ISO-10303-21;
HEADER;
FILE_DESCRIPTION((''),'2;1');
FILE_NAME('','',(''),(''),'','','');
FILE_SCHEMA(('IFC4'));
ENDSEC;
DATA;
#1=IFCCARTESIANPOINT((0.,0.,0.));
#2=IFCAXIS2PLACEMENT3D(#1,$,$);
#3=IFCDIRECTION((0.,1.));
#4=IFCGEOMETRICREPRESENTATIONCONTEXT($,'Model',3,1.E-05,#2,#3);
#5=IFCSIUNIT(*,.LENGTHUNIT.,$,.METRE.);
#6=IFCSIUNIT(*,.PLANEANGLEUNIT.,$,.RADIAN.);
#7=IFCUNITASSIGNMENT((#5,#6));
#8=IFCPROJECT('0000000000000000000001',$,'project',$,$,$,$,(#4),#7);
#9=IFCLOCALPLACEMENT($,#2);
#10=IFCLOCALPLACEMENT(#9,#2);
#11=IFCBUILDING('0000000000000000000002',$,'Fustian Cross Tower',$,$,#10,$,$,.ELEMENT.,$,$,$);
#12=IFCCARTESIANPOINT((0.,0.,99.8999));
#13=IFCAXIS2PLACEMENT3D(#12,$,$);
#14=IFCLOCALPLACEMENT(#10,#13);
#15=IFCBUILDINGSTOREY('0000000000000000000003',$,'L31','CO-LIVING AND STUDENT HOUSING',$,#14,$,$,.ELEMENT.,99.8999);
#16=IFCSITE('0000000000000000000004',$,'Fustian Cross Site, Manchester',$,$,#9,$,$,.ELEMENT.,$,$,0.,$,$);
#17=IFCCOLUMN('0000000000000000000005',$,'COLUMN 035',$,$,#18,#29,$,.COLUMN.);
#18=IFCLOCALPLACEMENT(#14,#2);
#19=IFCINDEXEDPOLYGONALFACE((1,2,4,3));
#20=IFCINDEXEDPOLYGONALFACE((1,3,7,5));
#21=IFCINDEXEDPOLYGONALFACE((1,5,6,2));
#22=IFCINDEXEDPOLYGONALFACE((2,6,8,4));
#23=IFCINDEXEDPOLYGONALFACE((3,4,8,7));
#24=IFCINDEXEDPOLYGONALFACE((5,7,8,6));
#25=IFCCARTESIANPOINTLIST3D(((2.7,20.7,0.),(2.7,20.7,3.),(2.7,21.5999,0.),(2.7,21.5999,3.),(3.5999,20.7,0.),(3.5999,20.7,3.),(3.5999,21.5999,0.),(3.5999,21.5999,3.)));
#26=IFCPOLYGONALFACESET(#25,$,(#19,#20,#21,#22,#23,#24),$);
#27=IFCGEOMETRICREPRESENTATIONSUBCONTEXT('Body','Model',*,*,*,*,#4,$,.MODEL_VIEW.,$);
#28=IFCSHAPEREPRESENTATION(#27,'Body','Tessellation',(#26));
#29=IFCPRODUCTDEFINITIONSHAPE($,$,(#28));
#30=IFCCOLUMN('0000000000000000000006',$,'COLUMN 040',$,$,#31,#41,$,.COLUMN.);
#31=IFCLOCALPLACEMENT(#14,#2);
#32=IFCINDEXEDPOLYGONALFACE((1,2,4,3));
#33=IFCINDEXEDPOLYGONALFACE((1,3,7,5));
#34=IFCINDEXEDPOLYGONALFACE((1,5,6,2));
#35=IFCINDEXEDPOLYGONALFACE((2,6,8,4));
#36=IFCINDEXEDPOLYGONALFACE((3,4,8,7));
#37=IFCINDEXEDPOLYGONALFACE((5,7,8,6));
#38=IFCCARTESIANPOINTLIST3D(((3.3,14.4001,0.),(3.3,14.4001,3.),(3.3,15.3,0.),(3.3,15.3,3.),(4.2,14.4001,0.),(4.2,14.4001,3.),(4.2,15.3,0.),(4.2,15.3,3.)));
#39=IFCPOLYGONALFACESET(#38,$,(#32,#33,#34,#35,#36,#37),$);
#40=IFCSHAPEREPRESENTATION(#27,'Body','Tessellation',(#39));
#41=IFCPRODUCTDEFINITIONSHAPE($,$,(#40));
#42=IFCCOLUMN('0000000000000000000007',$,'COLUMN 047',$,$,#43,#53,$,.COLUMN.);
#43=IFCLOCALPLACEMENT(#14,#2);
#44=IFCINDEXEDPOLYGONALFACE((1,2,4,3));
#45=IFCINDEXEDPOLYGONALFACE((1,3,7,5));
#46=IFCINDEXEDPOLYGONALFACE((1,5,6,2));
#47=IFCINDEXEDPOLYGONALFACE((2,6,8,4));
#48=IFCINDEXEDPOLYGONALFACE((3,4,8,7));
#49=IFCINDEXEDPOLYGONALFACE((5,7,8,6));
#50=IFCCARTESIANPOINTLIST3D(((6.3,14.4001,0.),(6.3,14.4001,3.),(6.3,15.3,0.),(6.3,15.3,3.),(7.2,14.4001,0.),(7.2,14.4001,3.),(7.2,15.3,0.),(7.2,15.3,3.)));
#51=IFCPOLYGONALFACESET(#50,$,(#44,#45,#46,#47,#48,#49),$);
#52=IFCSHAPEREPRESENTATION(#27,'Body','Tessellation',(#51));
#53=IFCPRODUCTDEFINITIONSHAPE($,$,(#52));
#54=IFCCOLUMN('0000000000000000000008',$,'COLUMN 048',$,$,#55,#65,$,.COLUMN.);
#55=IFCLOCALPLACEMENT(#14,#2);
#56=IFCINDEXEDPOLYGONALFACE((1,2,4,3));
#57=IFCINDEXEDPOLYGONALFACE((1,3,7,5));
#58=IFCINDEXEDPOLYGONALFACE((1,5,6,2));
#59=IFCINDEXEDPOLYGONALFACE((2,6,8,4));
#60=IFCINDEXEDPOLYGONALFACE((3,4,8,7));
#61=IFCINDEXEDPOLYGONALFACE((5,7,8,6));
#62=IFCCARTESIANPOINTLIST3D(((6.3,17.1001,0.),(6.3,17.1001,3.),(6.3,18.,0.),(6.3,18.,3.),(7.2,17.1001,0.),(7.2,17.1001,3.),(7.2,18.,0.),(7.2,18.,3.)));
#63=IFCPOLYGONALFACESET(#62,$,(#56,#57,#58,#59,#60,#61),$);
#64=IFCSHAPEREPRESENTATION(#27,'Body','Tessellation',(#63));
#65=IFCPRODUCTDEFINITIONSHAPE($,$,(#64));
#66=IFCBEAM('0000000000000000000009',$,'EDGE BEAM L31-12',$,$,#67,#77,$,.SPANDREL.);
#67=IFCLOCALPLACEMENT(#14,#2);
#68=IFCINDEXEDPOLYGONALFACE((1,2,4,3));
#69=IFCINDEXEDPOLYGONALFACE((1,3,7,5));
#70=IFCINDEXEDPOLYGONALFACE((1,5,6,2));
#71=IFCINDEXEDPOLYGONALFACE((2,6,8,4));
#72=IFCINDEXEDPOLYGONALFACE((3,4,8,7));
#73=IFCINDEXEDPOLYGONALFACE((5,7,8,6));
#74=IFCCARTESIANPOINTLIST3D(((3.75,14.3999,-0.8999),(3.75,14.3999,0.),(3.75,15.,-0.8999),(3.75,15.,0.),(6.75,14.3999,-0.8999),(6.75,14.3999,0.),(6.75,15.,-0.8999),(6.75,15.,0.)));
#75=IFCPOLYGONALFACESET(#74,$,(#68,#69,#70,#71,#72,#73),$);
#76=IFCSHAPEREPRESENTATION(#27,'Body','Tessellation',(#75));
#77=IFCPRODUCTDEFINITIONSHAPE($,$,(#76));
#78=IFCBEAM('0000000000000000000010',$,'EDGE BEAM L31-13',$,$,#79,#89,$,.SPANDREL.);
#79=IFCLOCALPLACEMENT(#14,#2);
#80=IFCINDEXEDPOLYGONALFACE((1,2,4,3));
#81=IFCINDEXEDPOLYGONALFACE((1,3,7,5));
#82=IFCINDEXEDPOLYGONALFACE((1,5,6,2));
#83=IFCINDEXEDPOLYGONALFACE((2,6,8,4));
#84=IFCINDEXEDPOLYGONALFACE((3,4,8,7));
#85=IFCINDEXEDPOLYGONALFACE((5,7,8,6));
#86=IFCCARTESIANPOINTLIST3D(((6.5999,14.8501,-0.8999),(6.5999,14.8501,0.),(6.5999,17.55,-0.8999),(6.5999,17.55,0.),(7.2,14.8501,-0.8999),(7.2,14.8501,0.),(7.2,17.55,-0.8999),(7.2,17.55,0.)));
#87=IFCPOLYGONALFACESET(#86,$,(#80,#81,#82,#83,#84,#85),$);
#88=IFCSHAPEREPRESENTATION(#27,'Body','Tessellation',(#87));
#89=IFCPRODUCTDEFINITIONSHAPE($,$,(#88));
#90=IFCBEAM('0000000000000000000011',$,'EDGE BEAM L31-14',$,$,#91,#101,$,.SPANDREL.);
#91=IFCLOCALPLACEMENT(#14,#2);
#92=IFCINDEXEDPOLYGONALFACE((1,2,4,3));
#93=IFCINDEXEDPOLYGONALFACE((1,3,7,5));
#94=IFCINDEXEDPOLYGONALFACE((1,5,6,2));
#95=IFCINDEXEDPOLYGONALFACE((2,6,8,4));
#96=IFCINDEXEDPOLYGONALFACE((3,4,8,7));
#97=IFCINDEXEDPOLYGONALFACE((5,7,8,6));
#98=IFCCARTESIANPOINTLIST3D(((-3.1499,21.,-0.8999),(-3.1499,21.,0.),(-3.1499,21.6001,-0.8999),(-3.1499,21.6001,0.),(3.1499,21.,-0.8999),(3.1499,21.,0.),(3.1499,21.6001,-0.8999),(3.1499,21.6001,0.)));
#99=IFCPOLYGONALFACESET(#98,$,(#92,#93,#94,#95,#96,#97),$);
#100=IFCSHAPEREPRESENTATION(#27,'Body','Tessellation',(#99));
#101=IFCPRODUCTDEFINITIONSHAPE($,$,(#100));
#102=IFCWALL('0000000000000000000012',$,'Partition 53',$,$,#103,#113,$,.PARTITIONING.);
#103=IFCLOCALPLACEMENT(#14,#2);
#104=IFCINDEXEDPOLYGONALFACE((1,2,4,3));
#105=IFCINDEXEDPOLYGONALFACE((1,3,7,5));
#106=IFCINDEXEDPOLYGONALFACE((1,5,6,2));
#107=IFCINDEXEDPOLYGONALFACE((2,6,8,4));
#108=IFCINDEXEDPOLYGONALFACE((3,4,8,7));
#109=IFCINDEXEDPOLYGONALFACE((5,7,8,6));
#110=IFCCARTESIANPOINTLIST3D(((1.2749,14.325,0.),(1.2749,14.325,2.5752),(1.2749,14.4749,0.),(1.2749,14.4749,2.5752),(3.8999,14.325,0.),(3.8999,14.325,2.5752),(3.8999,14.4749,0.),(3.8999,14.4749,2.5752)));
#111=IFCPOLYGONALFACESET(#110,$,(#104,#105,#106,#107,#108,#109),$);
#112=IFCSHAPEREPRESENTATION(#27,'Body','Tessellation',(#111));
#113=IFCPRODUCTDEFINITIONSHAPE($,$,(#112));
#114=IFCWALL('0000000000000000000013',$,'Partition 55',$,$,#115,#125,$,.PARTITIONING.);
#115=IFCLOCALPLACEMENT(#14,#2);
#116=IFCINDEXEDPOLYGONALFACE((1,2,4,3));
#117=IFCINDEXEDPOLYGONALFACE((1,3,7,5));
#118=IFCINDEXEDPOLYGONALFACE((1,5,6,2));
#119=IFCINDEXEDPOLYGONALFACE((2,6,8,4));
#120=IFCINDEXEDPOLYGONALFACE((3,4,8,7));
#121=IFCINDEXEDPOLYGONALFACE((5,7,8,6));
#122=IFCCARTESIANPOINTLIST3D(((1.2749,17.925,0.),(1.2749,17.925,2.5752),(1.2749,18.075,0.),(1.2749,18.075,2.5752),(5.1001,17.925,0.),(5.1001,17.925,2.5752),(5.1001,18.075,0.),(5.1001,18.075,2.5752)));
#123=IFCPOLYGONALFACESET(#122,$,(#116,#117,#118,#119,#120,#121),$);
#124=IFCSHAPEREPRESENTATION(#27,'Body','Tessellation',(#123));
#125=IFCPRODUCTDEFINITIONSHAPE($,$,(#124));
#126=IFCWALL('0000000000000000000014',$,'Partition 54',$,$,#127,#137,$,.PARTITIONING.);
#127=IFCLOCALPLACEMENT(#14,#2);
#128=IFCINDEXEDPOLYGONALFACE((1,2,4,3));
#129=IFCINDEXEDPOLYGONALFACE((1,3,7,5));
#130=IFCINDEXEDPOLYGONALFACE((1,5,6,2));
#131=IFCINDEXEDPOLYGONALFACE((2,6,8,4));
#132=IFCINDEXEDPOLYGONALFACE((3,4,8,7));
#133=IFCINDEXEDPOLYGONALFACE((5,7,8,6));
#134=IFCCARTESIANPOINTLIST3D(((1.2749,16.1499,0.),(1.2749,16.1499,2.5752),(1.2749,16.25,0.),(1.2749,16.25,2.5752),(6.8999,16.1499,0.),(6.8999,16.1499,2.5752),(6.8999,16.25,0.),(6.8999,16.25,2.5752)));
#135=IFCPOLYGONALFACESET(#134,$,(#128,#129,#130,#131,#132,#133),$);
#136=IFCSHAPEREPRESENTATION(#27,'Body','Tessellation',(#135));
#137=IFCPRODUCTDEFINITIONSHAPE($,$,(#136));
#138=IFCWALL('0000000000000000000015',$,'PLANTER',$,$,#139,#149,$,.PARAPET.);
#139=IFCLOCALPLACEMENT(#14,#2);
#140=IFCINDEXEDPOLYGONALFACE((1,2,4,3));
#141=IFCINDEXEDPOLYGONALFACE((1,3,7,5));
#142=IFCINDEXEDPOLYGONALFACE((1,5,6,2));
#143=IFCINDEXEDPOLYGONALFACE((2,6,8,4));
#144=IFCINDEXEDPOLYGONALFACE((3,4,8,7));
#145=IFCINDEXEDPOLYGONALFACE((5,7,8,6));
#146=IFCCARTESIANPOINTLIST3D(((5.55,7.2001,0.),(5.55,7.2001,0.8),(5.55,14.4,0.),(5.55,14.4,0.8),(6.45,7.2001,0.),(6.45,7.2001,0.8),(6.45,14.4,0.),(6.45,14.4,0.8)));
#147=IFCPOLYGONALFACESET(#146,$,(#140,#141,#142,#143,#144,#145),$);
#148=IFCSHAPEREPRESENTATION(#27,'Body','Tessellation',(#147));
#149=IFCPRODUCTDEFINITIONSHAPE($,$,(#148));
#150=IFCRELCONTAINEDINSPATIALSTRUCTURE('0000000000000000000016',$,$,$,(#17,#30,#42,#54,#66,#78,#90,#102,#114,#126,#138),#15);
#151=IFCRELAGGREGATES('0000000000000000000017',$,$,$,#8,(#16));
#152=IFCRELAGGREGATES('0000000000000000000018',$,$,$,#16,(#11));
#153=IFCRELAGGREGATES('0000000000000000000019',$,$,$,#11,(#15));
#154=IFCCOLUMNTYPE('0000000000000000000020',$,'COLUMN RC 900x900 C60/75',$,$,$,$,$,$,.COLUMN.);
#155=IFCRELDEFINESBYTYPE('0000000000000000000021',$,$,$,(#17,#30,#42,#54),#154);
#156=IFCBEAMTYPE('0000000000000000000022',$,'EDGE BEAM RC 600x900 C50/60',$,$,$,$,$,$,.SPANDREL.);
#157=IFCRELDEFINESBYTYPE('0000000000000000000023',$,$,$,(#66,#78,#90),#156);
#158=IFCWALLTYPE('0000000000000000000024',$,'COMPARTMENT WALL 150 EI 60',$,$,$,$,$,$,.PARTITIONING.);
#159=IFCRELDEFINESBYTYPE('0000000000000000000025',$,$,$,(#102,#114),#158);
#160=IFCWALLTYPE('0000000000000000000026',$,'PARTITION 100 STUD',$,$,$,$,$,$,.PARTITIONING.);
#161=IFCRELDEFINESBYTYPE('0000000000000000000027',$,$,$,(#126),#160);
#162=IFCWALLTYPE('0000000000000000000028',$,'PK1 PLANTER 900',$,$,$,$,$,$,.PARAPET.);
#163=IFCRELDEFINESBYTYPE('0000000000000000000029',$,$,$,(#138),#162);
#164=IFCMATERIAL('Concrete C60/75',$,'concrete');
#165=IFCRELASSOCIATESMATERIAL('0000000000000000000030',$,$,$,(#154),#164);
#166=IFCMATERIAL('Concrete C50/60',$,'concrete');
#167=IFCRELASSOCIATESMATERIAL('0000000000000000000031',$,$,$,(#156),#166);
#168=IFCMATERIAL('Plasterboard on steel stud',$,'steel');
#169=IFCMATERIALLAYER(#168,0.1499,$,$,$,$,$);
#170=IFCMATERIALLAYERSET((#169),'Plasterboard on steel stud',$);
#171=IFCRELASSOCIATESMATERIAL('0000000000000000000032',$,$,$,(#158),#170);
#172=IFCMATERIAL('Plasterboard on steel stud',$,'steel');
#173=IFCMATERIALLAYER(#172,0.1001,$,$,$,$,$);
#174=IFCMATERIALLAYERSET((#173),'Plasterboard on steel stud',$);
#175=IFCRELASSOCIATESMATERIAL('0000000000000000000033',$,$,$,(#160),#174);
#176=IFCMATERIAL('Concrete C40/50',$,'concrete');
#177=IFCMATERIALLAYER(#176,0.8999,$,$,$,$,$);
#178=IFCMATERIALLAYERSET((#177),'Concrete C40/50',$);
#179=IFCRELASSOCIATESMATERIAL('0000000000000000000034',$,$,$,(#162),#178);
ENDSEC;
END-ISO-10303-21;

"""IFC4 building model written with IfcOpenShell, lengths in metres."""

from ifc_helpers import new_model, si_unit, direction, frame, frame_2d, origin, origin_2d, place, context, subcontext, project, spatial, rectangle, extrude, material, layer, layer_set, material_profile, profile_set, type_object, element, save


model = new_model("IFC4")

# Units and contexts
model_context = context("Model", 3, precision=1e-05, world=origin(), true_north=direction((0.0, 1.0)))
body_context = subcontext(model_context, "Body", "Model", "MODEL_VIEW")
ifc_project = project(units=[si_unit("LENGTHUNIT", "METRE"), si_unit("PLANEANGLEUNIT", "RADIAN")], contexts=[model_context])

# Site, building, storey
site_placement = place(None, origin())
site = spatial("IfcSite", under=ifc_project, at=site_placement, Name="Fustian Cross Site, Manchester", CompositionType="ELEMENT", RefElevation=0.0)
building_placement = place(site_placement, origin())
building = spatial("IfcBuilding", under=site, at=building_placement, Name="Fustian Cross Tower", CompositionType="ELEMENT")
storey_placement = place(building_placement, frame((0.0, 0.0, 99.8999)))
storey = spatial("IfcBuildingStorey", under=building, at=storey_placement, Name="L31", Description="CO-LIVING AND STUDENT HOUSING", CompositionType="ELEMENT", Elevation=99.8999)

# Columns
ifc_material_1 = material(Name="Concrete C60/75", Category="concrete")
ifc_material_profile_1 = material_profile(ifc_material_1, rectangle(XDim=0.8999, YDim=0.8999, at=origin_2d()), Name="RC 900x900")
ifc_profile_set_1 = profile_set([ifc_material_profile_1], Name="Concrete C60/75")
column_type = type_object("IfcColumnType", Name="COLUMN RC 900x900 C60/75", PredefinedType="COLUMN", material=ifc_profile_set_1)
for number, where, z_axis, x_axis, name in (
    (1, (3.1499, 21.1499, 0.0), (0.0, 0.0, 1.0), (1.0, 0.0, 0.0), "COLUMN 035"),
    (2, (3.75, 14.8501, 0.0), (0.0, 0.0, 1.0), (1.0, 0.0, 0.0), "COLUMN 040"),
    (3, (6.75, 14.8501, 0.0), (0.0, 0.0, 1.0), (1.0, 0.0, 0.0), "COLUMN 047"),
    (4, (6.75, 17.55, 0.0), (0.0, 0.0, 1.0), (1.0, 0.0, 0.0), "COLUMN 048"),
):
    element("IfcColumn", number, at=place(storey_placement, frame(where, z_axis=z_axis, x_axis=x_axis)), inside=storey, type_object=column_type, Name=name, PredefinedType="COLUMN", context=body_context, shape_type="SweptSolid", body=[
        extrude(rectangle(XDim=0.8999, YDim=0.8999, at=origin_2d()), origin(), (0.0, 0.0, 1.0), 3.0),
    ])

# Beams
ifc_material_2 = material(Name="Concrete C50/60", Category="concrete")
ifc_material_profile_2 = material_profile(ifc_material_2, rectangle(XDim=0.6001, YDim=0.8999, at=origin_2d()), Name="RC 600x900")
ifc_profile_set_2 = profile_set([ifc_material_profile_2], Name="Concrete C50/60")
beam_type = type_object("IfcBeamType", Name="EDGE BEAM RC 600x900 C50/60", PredefinedType="SPANDREL", material=ifc_profile_set_2)
beam_1_placement = place(storey_placement, frame((3.75, 14.7, -0.45), z_axis=(1.0, 0.0, 0.0), x_axis=(0.0, 1.0, 0.0)))
element("IfcBeam", 5, at=beam_1_placement, inside=storey, type_object=beam_type, Name="EDGE BEAM L31-12", PredefinedType="SPANDREL", context=body_context, shape_type="SweptSolid", body=[
    extrude(rectangle(XDim=0.6001, YDim=0.8999, at=origin_2d()), origin(), (0.0, 0.0, 1.0), 3.0),
])
beam_2_placement = place(storey_placement, frame((6.8999, 14.8501, -0.45), z_axis=(0.0, 1.0, 0.0), x_axis=(-1.0, 0.0, 0.0)))
element("IfcBeam", 6, at=beam_2_placement, inside=storey, type_object=beam_type, Name="EDGE BEAM L31-13", PredefinedType="SPANDREL", context=body_context, shape_type="SweptSolid", body=[
    extrude(rectangle(XDim=0.6001, YDim=0.8999, at=origin_2d()), origin(), (0.0, 0.0, 1.0), 2.7),
])
beam_3_placement = place(storey_placement, frame((3.1499, 21.3, -0.45), z_axis=(-1.0, 0.0, 0.0), x_axis=(0.0, -1.0, 0.0)))
element("IfcBeam", 7, at=beam_3_placement, inside=storey, type_object=beam_type, Name="EDGE BEAM L31-14", PredefinedType="SPANDREL", context=body_context, shape_type="SweptSolid", body=[
    extrude(rectangle(XDim=0.6001, YDim=0.8999, at=origin_2d()), origin(), (0.0, 0.0, 1.0), 6.2998),
])

# Walls
ifc_material_3 = material(Name="Plasterboard on steel stud", Category="steel")
ifc_layer_1 = layer(ifc_material_3, 0.1499)
ifc_layer_set_1 = layer_set([ifc_layer_1], Name="Plasterboard on steel stud")
wall_type_1 = type_object("IfcWallType", Name="COMPARTMENT WALL 150 EI 60", PredefinedType="PARTITIONING", material=ifc_layer_set_1)
wall_1_placement = place(storey_placement, frame((1.2749, 14.3999, 0.0), z_axis=(0.0, 0.0, 1.0), x_axis=(1.0, 0.0, 0.0)))
element("IfcWall", 8, at=wall_1_placement, inside=storey, type_object=wall_type_1, Name="Partition 53", PredefinedType="PARTITIONING", context=body_context, shape_type="SweptSolid", body=[
    extrude(rectangle(XDim=2.625, YDim=0.1499, at=frame_2d((1.3125, 0.0))), origin(), (0.0, 0.0, 1.0), 2.5752),
])
wall_2_placement = place(storey_placement, frame((1.2749, 18.0, 0.0), z_axis=(0.0, 0.0, 1.0), x_axis=(1.0, 0.0, 0.0)))
element("IfcWall", 9, at=wall_2_placement, inside=storey, type_object=wall_type_1, Name="Partition 55", PredefinedType="PARTITIONING", context=body_context, shape_type="SweptSolid", body=[
    extrude(rectangle(XDim=3.8252, YDim=0.1499, at=frame_2d((1.9126, 0.0))), origin(), (0.0, 0.0, 1.0), 2.5752),
])
ifc_material_4 = material(Name="Plasterboard on steel stud", Category="steel")
ifc_layer_2 = layer(ifc_material_4, 0.1001)
ifc_layer_set_2 = layer_set([ifc_layer_2], Name="Plasterboard on steel stud")
wall_type_2 = type_object("IfcWallType", Name="PARTITION 100 STUD", PredefinedType="PARTITIONING", material=ifc_layer_set_2)
wall_3_placement = place(storey_placement, frame((1.2749, 16.2, 0.0), z_axis=(0.0, 0.0, 1.0), x_axis=(1.0, 0.0, 0.0)))
element("IfcWall", 10, at=wall_3_placement, inside=storey, type_object=wall_type_2, Name="Partition 54", PredefinedType="PARTITIONING", context=body_context, shape_type="SweptSolid", body=[
    extrude(rectangle(XDim=5.625, YDim=0.1001, at=frame_2d((2.8125, 0.0))), origin(), (0.0, 0.0, 1.0), 2.5752),
])
ifc_material_5 = material(Name="Concrete C40/50", Category="concrete")
ifc_layer_3 = layer(ifc_material_5, 0.8999)
ifc_layer_set_3 = layer_set([ifc_layer_3], Name="Concrete C40/50")
wall_type_3 = type_object("IfcWallType", Name="PK1 PLANTER 900", PredefinedType="PARAPET", material=ifc_layer_set_3)
wall_4_placement = place(storey_placement, frame((6.0, 7.2, 0.0), z_axis=(0.0, 0.0, 1.0), x_axis=(0.0, 1.0, 0.0)))
element("IfcWall", 11, at=wall_4_placement, inside=storey, type_object=wall_type_3, Name="PLANTER", PredefinedType="PARAPET", context=body_context, shape_type="SweptSolid", body=[
    extrude(rectangle(XDim=7.2, YDim=0.8999, at=frame_2d((3.6001, 0.0))), origin(), (0.0, 0.0, 1.0), 0.8),
])

save(model, "model.ifc")
